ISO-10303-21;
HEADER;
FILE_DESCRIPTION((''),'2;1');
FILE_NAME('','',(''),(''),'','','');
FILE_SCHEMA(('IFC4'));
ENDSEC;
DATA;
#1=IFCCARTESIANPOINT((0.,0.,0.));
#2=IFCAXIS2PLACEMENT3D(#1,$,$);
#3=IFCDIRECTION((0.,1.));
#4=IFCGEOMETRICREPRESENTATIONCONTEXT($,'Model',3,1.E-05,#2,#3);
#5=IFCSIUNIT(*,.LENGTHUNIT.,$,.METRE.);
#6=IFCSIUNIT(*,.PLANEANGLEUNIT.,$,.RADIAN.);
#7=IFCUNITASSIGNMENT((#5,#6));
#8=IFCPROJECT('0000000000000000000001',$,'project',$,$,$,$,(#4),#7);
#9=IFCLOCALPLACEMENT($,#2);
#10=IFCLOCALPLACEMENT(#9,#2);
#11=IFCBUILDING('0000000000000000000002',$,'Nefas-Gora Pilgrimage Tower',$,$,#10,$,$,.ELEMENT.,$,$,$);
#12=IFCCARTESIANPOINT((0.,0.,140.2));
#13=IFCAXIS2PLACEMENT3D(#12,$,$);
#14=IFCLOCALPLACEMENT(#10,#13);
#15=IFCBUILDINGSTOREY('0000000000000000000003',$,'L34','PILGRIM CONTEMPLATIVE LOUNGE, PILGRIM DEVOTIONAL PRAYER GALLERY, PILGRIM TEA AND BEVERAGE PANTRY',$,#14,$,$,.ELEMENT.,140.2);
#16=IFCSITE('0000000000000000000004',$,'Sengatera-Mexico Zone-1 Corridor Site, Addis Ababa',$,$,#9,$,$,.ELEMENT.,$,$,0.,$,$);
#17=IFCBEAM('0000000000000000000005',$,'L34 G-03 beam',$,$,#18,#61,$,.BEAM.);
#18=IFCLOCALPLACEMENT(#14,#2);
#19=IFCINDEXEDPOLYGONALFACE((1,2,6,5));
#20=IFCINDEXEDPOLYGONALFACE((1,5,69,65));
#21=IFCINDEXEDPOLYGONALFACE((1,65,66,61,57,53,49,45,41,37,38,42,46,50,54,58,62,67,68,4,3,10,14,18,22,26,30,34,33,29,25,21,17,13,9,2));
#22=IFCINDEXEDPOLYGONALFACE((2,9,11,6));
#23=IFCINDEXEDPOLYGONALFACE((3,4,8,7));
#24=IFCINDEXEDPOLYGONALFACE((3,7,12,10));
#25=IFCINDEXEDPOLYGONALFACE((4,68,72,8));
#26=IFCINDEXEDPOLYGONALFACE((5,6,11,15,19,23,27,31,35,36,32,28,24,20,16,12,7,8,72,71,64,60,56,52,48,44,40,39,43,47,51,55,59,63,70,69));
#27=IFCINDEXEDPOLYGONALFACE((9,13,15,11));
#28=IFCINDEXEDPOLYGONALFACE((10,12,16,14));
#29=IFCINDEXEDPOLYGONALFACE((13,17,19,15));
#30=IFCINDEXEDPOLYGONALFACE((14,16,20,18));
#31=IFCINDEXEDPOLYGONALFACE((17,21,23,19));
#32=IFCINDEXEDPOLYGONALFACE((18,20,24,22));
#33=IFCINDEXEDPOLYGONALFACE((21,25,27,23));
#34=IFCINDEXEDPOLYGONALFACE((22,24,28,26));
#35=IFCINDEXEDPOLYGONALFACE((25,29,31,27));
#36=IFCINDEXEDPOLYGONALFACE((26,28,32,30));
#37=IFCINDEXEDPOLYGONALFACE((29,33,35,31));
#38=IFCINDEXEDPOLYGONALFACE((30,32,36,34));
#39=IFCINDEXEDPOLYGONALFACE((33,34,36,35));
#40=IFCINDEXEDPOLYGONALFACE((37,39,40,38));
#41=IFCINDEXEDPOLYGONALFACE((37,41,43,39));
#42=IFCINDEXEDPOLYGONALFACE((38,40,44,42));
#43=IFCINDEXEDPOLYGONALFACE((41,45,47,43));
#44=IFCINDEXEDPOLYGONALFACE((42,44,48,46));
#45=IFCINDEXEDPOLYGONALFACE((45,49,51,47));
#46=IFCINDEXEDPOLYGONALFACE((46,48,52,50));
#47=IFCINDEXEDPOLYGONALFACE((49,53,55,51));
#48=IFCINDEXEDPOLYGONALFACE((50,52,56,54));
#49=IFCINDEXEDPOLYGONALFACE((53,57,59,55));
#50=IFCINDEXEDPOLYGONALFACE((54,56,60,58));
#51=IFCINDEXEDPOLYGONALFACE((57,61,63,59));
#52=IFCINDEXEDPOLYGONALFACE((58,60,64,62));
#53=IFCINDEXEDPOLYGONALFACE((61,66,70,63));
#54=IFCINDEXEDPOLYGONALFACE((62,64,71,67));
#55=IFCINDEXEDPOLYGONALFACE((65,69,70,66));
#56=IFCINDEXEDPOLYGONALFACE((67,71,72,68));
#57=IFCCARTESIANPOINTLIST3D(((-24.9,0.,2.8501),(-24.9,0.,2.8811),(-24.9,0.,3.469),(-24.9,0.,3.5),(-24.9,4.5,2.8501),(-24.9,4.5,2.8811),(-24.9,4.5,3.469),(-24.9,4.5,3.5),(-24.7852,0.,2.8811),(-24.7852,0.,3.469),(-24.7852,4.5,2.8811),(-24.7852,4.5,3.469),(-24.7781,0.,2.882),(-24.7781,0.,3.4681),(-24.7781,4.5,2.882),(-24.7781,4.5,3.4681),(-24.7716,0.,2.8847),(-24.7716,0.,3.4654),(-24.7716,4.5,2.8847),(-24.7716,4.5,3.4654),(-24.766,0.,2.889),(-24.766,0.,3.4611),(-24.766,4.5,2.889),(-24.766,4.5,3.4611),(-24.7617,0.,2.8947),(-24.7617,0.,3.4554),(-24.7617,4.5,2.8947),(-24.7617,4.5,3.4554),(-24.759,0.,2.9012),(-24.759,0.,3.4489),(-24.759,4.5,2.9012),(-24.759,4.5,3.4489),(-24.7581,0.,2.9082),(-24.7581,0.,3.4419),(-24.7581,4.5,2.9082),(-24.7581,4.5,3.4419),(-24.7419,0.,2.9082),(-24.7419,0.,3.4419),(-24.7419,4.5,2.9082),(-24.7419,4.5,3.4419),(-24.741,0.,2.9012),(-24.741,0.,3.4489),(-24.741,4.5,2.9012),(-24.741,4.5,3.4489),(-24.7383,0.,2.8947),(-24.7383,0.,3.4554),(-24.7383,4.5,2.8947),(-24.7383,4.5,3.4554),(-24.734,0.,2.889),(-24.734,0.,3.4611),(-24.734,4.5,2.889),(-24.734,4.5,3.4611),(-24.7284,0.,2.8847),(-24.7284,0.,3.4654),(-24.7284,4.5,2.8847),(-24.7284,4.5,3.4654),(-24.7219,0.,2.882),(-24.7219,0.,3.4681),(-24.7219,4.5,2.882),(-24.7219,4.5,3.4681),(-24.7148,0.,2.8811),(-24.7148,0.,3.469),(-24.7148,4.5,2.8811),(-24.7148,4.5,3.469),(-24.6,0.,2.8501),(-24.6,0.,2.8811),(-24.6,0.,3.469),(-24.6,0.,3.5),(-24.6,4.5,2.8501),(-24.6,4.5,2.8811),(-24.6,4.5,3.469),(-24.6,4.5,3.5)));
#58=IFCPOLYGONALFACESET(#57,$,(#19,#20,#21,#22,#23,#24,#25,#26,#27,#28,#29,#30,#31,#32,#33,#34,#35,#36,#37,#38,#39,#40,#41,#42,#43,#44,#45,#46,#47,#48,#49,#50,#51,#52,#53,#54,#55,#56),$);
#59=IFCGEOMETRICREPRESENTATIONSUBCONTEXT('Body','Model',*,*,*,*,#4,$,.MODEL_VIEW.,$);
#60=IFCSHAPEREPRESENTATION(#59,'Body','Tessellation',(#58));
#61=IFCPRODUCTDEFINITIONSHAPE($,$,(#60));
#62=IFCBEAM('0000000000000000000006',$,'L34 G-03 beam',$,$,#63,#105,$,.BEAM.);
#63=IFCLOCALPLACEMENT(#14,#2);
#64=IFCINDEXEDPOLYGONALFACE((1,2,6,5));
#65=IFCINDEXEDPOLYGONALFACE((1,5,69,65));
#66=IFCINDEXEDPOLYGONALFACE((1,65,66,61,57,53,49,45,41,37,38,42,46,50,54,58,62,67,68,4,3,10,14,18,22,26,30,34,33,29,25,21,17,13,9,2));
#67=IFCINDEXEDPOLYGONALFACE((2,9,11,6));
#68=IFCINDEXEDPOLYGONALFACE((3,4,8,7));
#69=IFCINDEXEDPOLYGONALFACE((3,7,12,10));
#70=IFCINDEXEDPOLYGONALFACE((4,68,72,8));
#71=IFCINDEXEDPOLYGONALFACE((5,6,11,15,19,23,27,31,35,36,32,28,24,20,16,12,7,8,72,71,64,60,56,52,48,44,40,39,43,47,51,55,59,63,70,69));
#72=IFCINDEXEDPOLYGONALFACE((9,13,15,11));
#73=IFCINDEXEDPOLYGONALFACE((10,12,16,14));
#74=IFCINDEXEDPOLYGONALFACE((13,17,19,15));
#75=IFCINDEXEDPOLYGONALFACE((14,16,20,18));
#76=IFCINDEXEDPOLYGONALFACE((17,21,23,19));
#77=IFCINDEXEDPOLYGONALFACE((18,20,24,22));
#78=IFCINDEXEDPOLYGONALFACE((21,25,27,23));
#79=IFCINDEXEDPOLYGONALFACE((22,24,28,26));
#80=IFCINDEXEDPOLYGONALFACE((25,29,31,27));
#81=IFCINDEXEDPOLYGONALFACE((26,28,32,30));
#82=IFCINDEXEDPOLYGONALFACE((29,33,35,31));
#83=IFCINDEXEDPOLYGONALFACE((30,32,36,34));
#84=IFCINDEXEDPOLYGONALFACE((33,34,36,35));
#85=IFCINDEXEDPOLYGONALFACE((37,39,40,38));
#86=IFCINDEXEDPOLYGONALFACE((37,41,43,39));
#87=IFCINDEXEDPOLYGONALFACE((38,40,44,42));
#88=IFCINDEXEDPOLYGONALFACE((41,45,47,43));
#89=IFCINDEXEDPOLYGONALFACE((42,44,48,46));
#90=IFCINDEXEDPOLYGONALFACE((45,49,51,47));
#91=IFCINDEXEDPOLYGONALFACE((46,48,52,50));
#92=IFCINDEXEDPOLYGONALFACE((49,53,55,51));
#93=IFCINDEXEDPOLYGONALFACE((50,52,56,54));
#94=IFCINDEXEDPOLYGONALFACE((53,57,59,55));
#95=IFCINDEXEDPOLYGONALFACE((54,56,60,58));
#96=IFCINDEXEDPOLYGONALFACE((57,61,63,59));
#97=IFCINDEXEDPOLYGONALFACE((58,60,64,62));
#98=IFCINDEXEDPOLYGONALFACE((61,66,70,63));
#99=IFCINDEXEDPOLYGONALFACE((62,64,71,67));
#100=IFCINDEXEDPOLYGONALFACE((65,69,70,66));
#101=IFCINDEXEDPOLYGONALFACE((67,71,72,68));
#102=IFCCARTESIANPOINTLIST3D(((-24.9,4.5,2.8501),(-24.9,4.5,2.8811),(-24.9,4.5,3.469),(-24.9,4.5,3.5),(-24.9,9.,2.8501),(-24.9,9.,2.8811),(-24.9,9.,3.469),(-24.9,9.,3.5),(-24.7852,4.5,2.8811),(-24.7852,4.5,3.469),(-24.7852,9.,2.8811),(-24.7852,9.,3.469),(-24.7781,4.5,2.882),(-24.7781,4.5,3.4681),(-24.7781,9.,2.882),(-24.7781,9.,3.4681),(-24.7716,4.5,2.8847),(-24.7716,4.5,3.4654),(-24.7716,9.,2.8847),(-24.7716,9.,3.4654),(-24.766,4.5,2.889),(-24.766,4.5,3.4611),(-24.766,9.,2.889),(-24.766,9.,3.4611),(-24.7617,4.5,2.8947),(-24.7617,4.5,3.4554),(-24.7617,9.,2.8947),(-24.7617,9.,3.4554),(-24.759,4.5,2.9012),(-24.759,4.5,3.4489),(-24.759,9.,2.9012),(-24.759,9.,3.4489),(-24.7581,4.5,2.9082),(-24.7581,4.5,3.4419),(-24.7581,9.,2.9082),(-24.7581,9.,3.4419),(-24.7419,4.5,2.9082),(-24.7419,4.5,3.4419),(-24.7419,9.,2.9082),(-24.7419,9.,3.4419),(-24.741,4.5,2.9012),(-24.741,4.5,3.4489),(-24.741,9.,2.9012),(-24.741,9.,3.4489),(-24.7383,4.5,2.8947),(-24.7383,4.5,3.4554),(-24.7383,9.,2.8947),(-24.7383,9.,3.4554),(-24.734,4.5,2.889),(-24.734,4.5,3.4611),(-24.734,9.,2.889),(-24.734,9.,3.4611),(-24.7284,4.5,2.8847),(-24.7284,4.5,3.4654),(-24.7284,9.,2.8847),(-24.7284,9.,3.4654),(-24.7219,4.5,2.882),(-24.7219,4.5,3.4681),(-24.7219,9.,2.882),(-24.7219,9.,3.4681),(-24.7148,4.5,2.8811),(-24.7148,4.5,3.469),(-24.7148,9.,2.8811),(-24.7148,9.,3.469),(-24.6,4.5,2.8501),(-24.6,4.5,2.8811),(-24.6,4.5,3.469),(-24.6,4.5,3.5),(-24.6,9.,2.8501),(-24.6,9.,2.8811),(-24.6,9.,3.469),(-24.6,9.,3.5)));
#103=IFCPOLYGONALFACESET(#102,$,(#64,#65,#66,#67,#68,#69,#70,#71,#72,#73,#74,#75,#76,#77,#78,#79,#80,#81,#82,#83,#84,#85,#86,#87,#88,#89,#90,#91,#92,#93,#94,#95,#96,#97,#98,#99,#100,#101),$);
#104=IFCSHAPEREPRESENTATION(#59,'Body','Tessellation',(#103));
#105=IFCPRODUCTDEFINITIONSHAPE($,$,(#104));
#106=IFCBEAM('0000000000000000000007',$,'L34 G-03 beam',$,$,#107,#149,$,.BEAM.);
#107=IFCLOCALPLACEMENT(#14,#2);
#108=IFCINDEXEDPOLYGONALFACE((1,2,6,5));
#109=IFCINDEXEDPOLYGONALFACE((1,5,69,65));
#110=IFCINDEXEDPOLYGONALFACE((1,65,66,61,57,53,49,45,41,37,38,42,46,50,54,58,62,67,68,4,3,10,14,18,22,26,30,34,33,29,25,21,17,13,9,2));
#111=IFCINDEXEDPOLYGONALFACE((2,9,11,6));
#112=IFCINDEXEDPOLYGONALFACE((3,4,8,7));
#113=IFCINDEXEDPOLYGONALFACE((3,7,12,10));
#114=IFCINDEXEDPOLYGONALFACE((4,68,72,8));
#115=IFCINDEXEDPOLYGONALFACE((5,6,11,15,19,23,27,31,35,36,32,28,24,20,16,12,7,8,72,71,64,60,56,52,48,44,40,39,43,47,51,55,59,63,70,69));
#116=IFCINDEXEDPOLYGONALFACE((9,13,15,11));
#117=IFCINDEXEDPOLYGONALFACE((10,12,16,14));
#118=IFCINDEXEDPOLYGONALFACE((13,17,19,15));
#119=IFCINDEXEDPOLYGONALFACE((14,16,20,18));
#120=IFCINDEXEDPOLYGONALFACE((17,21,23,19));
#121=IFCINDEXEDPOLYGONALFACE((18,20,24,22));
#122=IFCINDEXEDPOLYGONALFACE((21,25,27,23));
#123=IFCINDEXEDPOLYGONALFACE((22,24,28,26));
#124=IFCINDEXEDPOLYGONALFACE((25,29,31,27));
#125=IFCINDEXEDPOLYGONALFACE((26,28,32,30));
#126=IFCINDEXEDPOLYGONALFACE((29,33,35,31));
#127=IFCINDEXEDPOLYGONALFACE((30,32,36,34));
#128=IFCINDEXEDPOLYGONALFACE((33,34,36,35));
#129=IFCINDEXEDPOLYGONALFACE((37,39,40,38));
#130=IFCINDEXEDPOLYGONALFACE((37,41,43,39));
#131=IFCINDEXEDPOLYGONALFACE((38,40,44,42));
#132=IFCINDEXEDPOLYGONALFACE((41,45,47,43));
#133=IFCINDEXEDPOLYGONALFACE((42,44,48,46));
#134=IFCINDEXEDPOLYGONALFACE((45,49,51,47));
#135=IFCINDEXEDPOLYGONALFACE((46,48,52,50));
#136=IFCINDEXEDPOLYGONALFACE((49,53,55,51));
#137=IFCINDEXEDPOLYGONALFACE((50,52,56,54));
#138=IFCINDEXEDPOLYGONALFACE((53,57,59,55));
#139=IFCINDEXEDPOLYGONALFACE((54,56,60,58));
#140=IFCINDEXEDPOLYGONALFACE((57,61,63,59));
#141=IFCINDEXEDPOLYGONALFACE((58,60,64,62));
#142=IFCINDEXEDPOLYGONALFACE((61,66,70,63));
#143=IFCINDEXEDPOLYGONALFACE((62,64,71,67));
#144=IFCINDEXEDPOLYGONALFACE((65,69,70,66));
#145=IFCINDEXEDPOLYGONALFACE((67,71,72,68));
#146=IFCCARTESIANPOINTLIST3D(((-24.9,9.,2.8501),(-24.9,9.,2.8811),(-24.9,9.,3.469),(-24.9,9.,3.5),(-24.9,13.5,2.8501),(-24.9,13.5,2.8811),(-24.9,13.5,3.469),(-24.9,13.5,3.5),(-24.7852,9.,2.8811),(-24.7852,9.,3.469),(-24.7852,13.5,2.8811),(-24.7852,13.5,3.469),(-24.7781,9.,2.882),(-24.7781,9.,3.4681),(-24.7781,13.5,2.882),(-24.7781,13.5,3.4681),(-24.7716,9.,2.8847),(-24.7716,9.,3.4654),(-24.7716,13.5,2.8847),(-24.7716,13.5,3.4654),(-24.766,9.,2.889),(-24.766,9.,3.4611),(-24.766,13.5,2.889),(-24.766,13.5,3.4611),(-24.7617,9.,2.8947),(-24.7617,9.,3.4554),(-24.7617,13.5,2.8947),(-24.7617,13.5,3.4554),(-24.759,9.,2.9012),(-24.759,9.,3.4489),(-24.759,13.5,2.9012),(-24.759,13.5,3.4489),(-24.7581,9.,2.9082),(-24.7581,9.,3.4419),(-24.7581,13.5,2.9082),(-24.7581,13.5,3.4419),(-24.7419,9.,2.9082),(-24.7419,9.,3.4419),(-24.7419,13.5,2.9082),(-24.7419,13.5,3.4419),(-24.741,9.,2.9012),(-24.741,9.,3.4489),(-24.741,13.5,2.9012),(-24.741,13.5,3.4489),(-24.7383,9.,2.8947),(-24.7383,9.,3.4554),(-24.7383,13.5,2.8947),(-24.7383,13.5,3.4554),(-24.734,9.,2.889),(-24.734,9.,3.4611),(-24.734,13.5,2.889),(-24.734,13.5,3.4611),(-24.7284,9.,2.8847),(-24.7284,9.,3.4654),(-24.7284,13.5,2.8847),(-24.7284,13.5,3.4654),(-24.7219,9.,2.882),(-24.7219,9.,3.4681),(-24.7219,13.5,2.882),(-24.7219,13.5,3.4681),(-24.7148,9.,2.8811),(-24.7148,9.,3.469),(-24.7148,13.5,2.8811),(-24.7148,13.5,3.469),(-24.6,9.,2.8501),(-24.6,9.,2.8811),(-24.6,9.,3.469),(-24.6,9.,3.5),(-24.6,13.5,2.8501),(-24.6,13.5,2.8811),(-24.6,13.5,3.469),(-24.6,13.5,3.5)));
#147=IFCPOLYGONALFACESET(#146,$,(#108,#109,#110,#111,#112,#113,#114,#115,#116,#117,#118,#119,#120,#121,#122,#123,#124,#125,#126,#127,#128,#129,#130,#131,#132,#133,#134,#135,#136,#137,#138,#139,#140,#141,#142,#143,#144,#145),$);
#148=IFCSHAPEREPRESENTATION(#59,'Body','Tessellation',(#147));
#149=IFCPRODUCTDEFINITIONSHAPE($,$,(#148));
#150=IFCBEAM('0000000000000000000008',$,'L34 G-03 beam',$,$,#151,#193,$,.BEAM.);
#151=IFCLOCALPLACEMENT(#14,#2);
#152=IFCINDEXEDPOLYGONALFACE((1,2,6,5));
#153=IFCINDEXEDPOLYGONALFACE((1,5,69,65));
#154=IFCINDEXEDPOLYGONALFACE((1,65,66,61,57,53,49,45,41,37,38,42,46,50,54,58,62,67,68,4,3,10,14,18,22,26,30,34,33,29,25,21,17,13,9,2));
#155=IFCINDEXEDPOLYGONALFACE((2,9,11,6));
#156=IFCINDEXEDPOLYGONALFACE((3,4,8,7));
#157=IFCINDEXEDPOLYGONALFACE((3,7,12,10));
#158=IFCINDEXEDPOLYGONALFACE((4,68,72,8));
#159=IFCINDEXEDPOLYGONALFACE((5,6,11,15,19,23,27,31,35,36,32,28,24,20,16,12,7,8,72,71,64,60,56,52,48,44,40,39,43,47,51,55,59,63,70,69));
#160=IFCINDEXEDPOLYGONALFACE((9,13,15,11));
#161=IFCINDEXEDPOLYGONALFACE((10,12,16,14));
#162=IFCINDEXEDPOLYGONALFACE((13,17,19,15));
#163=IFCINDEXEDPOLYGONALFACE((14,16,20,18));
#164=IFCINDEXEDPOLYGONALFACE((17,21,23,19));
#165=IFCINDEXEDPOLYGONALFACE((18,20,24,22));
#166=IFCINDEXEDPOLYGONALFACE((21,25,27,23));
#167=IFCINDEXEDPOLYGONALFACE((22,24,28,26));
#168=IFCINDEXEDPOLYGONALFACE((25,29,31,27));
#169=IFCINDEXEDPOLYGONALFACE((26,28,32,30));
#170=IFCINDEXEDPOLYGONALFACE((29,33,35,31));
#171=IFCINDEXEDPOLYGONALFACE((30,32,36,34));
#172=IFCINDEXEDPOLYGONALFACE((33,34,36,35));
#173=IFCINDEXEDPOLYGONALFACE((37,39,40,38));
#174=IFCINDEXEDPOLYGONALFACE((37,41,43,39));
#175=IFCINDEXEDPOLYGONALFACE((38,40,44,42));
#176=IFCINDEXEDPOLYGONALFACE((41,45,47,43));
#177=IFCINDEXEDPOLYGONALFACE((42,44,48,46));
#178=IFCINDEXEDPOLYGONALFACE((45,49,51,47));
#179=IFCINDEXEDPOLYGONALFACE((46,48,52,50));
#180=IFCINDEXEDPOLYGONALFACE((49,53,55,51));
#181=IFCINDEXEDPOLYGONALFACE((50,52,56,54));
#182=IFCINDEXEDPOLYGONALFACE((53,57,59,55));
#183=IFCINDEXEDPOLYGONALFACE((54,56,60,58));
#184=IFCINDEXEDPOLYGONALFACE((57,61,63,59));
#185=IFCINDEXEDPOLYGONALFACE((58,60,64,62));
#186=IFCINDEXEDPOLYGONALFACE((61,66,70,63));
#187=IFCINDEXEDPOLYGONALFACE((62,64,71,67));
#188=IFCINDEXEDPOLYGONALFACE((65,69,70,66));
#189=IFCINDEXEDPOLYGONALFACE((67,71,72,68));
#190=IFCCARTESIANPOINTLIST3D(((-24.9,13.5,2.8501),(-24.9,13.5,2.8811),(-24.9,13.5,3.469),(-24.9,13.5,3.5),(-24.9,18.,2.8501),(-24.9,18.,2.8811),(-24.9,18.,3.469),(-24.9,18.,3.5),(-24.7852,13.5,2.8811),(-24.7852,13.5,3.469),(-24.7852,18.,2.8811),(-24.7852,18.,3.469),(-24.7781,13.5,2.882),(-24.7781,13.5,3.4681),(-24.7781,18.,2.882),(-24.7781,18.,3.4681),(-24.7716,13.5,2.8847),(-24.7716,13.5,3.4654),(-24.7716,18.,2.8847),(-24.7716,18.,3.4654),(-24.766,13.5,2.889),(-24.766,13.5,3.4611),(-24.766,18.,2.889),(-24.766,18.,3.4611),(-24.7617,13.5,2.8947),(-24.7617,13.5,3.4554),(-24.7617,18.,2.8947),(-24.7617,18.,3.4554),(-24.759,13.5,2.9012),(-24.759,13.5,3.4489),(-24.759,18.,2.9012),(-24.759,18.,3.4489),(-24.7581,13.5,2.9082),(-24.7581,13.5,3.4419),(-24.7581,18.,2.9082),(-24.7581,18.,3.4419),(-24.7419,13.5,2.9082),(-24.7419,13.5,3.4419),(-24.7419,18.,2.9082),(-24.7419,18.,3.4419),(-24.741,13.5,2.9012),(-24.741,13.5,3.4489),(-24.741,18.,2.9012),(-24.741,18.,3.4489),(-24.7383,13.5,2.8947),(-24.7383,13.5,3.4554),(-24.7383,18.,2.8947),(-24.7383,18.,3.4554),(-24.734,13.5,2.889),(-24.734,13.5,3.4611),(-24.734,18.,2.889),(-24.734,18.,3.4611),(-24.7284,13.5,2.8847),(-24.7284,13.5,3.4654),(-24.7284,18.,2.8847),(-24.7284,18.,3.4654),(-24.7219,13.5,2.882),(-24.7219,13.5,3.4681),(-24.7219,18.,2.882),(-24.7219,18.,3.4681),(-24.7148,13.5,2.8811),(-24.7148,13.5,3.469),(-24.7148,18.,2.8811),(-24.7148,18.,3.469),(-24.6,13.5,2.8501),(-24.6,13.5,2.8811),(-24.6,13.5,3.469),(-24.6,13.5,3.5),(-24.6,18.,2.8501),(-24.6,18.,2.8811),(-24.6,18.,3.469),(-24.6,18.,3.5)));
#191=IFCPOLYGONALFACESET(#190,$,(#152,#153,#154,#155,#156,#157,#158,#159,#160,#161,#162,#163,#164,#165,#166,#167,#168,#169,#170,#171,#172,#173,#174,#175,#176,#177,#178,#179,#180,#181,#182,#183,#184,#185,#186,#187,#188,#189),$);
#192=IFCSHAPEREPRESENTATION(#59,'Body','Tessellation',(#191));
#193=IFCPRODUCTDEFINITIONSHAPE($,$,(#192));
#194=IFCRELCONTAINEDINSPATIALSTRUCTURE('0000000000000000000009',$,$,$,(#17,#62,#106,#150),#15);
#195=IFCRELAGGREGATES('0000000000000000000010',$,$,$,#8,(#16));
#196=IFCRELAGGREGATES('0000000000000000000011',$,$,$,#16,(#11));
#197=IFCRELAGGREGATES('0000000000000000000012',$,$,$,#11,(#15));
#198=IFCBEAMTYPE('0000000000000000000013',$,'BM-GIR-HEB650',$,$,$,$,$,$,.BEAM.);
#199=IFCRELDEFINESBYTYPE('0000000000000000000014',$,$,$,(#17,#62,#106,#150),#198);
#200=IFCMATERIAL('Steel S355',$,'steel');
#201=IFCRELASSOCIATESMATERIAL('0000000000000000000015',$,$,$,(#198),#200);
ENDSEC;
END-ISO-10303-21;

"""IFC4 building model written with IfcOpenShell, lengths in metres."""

from ifc_helpers import new_model, si_unit, direction, frame, origin, origin_2d, place, context, subcontext, project, spatial, i_section, extrude, source, transform, mapped, material, material_profile, profile_set, type_object, element, save


model = new_model("IFC4")

# Units and contexts
model_context = context("Model", 3, precision=1e-05, world=origin(), true_north=direction((0.0, 1.0)))
body_context = subcontext(model_context, "Body", "Model", "MODEL_VIEW")
ifc_project = project(units=[si_unit("LENGTHUNIT", "METRE"), si_unit("PLANEANGLEUNIT", "RADIAN")], contexts=[model_context])

# Site, building, storey
site_placement = place(None, origin())
site = spatial("IfcSite", under=ifc_project, at=site_placement, Name="Sengatera-Mexico Zone-1 Corridor Site, Addis Ababa", CompositionType="ELEMENT", RefElevation=0.0)
building_placement = place(site_placement, origin())
building = spatial("IfcBuilding", under=site, at=building_placement, Name="Nefas-Gora Pilgrimage Tower", CompositionType="ELEMENT")
storey_placement = place(building_placement, frame((0.0, 0.0, 140.2)))
storey = spatial("IfcBuildingStorey", under=building, at=storey_placement, Name="L34", Description="PILGRIM CONTEMPLATIVE LOUNGE, PILGRIM DEVOTIONAL PRAYER GALLERY, PILGRIM TEA AND BEVERAGE PANTRY", CompositionType="ELEMENT", Elevation=140.2)

# Beams
ifc_material_1 = material(Name="Steel S355", Category="steel")
ifc_material_profile_1 = material_profile(ifc_material_1, i_section(OverallWidth=0.3, OverallDepth=0.6499, WebThickness=0.0161, FlangeThickness=0.031, FilletRadius=0.0271, at=origin_2d()), Name="HEB 650")
ifc_profile_set_1 = profile_set([ifc_material_profile_1], Name="Steel S355")
beam_type_1 = type_object("IfcBeamType", Name="BM-GIR-HEB650", PredefinedType="BEAM", material=ifc_profile_set_1)
shared_shape_1 = source(origin(), body_context, "Body", "SweptSolid", [
    extrude(i_section(OverallWidth=0.3, OverallDepth=0.6499, WebThickness=0.0161, FlangeThickness=0.031, FilletRadius=0.0271, at=origin_2d()), origin(), (0.0, 0.0, 1.0), 4.5),
])
for number, where, z_axis, x_axis, name in (
    (1, (-24.75, 0.0, 3.175), (0.0, 1.0, 0.0), (-1.0, 0.0, 0.0), "L34 G-03 beam"),
    (2, (-24.75, 4.5, 3.175), (0.0, 1.0, 0.0), (-1.0, 0.0, 0.0), "L34 G-03 beam"),
    (3, (-24.75, 9.0, 3.175), (0.0, 1.0, 0.0), (-1.0, 0.0, 0.0), "L34 G-03 beam"),
    (4, (-24.75, 13.5, 3.175), (0.0, 1.0, 0.0), (-1.0, 0.0, 0.0), "L34 G-03 beam"),
):
    element("IfcBeam", number, at=place(storey_placement, frame(where, z_axis=z_axis, x_axis=x_axis)), inside=storey, type_object=beam_type_1, Name=name, PredefinedType="BEAM", context=body_context, shape_type="MappedRepresentation", body=[
        mapped(shared_shape_1, transform((0.0, 0.0, 0.0), x_axis=(1.0, 0.0, 0.0), y_axis=(0.0, 1.0, 0.0), z_axis=(0.0, 0.0, 1.0), scale=1.0)),
    ])

save(model, "model.ifc")
